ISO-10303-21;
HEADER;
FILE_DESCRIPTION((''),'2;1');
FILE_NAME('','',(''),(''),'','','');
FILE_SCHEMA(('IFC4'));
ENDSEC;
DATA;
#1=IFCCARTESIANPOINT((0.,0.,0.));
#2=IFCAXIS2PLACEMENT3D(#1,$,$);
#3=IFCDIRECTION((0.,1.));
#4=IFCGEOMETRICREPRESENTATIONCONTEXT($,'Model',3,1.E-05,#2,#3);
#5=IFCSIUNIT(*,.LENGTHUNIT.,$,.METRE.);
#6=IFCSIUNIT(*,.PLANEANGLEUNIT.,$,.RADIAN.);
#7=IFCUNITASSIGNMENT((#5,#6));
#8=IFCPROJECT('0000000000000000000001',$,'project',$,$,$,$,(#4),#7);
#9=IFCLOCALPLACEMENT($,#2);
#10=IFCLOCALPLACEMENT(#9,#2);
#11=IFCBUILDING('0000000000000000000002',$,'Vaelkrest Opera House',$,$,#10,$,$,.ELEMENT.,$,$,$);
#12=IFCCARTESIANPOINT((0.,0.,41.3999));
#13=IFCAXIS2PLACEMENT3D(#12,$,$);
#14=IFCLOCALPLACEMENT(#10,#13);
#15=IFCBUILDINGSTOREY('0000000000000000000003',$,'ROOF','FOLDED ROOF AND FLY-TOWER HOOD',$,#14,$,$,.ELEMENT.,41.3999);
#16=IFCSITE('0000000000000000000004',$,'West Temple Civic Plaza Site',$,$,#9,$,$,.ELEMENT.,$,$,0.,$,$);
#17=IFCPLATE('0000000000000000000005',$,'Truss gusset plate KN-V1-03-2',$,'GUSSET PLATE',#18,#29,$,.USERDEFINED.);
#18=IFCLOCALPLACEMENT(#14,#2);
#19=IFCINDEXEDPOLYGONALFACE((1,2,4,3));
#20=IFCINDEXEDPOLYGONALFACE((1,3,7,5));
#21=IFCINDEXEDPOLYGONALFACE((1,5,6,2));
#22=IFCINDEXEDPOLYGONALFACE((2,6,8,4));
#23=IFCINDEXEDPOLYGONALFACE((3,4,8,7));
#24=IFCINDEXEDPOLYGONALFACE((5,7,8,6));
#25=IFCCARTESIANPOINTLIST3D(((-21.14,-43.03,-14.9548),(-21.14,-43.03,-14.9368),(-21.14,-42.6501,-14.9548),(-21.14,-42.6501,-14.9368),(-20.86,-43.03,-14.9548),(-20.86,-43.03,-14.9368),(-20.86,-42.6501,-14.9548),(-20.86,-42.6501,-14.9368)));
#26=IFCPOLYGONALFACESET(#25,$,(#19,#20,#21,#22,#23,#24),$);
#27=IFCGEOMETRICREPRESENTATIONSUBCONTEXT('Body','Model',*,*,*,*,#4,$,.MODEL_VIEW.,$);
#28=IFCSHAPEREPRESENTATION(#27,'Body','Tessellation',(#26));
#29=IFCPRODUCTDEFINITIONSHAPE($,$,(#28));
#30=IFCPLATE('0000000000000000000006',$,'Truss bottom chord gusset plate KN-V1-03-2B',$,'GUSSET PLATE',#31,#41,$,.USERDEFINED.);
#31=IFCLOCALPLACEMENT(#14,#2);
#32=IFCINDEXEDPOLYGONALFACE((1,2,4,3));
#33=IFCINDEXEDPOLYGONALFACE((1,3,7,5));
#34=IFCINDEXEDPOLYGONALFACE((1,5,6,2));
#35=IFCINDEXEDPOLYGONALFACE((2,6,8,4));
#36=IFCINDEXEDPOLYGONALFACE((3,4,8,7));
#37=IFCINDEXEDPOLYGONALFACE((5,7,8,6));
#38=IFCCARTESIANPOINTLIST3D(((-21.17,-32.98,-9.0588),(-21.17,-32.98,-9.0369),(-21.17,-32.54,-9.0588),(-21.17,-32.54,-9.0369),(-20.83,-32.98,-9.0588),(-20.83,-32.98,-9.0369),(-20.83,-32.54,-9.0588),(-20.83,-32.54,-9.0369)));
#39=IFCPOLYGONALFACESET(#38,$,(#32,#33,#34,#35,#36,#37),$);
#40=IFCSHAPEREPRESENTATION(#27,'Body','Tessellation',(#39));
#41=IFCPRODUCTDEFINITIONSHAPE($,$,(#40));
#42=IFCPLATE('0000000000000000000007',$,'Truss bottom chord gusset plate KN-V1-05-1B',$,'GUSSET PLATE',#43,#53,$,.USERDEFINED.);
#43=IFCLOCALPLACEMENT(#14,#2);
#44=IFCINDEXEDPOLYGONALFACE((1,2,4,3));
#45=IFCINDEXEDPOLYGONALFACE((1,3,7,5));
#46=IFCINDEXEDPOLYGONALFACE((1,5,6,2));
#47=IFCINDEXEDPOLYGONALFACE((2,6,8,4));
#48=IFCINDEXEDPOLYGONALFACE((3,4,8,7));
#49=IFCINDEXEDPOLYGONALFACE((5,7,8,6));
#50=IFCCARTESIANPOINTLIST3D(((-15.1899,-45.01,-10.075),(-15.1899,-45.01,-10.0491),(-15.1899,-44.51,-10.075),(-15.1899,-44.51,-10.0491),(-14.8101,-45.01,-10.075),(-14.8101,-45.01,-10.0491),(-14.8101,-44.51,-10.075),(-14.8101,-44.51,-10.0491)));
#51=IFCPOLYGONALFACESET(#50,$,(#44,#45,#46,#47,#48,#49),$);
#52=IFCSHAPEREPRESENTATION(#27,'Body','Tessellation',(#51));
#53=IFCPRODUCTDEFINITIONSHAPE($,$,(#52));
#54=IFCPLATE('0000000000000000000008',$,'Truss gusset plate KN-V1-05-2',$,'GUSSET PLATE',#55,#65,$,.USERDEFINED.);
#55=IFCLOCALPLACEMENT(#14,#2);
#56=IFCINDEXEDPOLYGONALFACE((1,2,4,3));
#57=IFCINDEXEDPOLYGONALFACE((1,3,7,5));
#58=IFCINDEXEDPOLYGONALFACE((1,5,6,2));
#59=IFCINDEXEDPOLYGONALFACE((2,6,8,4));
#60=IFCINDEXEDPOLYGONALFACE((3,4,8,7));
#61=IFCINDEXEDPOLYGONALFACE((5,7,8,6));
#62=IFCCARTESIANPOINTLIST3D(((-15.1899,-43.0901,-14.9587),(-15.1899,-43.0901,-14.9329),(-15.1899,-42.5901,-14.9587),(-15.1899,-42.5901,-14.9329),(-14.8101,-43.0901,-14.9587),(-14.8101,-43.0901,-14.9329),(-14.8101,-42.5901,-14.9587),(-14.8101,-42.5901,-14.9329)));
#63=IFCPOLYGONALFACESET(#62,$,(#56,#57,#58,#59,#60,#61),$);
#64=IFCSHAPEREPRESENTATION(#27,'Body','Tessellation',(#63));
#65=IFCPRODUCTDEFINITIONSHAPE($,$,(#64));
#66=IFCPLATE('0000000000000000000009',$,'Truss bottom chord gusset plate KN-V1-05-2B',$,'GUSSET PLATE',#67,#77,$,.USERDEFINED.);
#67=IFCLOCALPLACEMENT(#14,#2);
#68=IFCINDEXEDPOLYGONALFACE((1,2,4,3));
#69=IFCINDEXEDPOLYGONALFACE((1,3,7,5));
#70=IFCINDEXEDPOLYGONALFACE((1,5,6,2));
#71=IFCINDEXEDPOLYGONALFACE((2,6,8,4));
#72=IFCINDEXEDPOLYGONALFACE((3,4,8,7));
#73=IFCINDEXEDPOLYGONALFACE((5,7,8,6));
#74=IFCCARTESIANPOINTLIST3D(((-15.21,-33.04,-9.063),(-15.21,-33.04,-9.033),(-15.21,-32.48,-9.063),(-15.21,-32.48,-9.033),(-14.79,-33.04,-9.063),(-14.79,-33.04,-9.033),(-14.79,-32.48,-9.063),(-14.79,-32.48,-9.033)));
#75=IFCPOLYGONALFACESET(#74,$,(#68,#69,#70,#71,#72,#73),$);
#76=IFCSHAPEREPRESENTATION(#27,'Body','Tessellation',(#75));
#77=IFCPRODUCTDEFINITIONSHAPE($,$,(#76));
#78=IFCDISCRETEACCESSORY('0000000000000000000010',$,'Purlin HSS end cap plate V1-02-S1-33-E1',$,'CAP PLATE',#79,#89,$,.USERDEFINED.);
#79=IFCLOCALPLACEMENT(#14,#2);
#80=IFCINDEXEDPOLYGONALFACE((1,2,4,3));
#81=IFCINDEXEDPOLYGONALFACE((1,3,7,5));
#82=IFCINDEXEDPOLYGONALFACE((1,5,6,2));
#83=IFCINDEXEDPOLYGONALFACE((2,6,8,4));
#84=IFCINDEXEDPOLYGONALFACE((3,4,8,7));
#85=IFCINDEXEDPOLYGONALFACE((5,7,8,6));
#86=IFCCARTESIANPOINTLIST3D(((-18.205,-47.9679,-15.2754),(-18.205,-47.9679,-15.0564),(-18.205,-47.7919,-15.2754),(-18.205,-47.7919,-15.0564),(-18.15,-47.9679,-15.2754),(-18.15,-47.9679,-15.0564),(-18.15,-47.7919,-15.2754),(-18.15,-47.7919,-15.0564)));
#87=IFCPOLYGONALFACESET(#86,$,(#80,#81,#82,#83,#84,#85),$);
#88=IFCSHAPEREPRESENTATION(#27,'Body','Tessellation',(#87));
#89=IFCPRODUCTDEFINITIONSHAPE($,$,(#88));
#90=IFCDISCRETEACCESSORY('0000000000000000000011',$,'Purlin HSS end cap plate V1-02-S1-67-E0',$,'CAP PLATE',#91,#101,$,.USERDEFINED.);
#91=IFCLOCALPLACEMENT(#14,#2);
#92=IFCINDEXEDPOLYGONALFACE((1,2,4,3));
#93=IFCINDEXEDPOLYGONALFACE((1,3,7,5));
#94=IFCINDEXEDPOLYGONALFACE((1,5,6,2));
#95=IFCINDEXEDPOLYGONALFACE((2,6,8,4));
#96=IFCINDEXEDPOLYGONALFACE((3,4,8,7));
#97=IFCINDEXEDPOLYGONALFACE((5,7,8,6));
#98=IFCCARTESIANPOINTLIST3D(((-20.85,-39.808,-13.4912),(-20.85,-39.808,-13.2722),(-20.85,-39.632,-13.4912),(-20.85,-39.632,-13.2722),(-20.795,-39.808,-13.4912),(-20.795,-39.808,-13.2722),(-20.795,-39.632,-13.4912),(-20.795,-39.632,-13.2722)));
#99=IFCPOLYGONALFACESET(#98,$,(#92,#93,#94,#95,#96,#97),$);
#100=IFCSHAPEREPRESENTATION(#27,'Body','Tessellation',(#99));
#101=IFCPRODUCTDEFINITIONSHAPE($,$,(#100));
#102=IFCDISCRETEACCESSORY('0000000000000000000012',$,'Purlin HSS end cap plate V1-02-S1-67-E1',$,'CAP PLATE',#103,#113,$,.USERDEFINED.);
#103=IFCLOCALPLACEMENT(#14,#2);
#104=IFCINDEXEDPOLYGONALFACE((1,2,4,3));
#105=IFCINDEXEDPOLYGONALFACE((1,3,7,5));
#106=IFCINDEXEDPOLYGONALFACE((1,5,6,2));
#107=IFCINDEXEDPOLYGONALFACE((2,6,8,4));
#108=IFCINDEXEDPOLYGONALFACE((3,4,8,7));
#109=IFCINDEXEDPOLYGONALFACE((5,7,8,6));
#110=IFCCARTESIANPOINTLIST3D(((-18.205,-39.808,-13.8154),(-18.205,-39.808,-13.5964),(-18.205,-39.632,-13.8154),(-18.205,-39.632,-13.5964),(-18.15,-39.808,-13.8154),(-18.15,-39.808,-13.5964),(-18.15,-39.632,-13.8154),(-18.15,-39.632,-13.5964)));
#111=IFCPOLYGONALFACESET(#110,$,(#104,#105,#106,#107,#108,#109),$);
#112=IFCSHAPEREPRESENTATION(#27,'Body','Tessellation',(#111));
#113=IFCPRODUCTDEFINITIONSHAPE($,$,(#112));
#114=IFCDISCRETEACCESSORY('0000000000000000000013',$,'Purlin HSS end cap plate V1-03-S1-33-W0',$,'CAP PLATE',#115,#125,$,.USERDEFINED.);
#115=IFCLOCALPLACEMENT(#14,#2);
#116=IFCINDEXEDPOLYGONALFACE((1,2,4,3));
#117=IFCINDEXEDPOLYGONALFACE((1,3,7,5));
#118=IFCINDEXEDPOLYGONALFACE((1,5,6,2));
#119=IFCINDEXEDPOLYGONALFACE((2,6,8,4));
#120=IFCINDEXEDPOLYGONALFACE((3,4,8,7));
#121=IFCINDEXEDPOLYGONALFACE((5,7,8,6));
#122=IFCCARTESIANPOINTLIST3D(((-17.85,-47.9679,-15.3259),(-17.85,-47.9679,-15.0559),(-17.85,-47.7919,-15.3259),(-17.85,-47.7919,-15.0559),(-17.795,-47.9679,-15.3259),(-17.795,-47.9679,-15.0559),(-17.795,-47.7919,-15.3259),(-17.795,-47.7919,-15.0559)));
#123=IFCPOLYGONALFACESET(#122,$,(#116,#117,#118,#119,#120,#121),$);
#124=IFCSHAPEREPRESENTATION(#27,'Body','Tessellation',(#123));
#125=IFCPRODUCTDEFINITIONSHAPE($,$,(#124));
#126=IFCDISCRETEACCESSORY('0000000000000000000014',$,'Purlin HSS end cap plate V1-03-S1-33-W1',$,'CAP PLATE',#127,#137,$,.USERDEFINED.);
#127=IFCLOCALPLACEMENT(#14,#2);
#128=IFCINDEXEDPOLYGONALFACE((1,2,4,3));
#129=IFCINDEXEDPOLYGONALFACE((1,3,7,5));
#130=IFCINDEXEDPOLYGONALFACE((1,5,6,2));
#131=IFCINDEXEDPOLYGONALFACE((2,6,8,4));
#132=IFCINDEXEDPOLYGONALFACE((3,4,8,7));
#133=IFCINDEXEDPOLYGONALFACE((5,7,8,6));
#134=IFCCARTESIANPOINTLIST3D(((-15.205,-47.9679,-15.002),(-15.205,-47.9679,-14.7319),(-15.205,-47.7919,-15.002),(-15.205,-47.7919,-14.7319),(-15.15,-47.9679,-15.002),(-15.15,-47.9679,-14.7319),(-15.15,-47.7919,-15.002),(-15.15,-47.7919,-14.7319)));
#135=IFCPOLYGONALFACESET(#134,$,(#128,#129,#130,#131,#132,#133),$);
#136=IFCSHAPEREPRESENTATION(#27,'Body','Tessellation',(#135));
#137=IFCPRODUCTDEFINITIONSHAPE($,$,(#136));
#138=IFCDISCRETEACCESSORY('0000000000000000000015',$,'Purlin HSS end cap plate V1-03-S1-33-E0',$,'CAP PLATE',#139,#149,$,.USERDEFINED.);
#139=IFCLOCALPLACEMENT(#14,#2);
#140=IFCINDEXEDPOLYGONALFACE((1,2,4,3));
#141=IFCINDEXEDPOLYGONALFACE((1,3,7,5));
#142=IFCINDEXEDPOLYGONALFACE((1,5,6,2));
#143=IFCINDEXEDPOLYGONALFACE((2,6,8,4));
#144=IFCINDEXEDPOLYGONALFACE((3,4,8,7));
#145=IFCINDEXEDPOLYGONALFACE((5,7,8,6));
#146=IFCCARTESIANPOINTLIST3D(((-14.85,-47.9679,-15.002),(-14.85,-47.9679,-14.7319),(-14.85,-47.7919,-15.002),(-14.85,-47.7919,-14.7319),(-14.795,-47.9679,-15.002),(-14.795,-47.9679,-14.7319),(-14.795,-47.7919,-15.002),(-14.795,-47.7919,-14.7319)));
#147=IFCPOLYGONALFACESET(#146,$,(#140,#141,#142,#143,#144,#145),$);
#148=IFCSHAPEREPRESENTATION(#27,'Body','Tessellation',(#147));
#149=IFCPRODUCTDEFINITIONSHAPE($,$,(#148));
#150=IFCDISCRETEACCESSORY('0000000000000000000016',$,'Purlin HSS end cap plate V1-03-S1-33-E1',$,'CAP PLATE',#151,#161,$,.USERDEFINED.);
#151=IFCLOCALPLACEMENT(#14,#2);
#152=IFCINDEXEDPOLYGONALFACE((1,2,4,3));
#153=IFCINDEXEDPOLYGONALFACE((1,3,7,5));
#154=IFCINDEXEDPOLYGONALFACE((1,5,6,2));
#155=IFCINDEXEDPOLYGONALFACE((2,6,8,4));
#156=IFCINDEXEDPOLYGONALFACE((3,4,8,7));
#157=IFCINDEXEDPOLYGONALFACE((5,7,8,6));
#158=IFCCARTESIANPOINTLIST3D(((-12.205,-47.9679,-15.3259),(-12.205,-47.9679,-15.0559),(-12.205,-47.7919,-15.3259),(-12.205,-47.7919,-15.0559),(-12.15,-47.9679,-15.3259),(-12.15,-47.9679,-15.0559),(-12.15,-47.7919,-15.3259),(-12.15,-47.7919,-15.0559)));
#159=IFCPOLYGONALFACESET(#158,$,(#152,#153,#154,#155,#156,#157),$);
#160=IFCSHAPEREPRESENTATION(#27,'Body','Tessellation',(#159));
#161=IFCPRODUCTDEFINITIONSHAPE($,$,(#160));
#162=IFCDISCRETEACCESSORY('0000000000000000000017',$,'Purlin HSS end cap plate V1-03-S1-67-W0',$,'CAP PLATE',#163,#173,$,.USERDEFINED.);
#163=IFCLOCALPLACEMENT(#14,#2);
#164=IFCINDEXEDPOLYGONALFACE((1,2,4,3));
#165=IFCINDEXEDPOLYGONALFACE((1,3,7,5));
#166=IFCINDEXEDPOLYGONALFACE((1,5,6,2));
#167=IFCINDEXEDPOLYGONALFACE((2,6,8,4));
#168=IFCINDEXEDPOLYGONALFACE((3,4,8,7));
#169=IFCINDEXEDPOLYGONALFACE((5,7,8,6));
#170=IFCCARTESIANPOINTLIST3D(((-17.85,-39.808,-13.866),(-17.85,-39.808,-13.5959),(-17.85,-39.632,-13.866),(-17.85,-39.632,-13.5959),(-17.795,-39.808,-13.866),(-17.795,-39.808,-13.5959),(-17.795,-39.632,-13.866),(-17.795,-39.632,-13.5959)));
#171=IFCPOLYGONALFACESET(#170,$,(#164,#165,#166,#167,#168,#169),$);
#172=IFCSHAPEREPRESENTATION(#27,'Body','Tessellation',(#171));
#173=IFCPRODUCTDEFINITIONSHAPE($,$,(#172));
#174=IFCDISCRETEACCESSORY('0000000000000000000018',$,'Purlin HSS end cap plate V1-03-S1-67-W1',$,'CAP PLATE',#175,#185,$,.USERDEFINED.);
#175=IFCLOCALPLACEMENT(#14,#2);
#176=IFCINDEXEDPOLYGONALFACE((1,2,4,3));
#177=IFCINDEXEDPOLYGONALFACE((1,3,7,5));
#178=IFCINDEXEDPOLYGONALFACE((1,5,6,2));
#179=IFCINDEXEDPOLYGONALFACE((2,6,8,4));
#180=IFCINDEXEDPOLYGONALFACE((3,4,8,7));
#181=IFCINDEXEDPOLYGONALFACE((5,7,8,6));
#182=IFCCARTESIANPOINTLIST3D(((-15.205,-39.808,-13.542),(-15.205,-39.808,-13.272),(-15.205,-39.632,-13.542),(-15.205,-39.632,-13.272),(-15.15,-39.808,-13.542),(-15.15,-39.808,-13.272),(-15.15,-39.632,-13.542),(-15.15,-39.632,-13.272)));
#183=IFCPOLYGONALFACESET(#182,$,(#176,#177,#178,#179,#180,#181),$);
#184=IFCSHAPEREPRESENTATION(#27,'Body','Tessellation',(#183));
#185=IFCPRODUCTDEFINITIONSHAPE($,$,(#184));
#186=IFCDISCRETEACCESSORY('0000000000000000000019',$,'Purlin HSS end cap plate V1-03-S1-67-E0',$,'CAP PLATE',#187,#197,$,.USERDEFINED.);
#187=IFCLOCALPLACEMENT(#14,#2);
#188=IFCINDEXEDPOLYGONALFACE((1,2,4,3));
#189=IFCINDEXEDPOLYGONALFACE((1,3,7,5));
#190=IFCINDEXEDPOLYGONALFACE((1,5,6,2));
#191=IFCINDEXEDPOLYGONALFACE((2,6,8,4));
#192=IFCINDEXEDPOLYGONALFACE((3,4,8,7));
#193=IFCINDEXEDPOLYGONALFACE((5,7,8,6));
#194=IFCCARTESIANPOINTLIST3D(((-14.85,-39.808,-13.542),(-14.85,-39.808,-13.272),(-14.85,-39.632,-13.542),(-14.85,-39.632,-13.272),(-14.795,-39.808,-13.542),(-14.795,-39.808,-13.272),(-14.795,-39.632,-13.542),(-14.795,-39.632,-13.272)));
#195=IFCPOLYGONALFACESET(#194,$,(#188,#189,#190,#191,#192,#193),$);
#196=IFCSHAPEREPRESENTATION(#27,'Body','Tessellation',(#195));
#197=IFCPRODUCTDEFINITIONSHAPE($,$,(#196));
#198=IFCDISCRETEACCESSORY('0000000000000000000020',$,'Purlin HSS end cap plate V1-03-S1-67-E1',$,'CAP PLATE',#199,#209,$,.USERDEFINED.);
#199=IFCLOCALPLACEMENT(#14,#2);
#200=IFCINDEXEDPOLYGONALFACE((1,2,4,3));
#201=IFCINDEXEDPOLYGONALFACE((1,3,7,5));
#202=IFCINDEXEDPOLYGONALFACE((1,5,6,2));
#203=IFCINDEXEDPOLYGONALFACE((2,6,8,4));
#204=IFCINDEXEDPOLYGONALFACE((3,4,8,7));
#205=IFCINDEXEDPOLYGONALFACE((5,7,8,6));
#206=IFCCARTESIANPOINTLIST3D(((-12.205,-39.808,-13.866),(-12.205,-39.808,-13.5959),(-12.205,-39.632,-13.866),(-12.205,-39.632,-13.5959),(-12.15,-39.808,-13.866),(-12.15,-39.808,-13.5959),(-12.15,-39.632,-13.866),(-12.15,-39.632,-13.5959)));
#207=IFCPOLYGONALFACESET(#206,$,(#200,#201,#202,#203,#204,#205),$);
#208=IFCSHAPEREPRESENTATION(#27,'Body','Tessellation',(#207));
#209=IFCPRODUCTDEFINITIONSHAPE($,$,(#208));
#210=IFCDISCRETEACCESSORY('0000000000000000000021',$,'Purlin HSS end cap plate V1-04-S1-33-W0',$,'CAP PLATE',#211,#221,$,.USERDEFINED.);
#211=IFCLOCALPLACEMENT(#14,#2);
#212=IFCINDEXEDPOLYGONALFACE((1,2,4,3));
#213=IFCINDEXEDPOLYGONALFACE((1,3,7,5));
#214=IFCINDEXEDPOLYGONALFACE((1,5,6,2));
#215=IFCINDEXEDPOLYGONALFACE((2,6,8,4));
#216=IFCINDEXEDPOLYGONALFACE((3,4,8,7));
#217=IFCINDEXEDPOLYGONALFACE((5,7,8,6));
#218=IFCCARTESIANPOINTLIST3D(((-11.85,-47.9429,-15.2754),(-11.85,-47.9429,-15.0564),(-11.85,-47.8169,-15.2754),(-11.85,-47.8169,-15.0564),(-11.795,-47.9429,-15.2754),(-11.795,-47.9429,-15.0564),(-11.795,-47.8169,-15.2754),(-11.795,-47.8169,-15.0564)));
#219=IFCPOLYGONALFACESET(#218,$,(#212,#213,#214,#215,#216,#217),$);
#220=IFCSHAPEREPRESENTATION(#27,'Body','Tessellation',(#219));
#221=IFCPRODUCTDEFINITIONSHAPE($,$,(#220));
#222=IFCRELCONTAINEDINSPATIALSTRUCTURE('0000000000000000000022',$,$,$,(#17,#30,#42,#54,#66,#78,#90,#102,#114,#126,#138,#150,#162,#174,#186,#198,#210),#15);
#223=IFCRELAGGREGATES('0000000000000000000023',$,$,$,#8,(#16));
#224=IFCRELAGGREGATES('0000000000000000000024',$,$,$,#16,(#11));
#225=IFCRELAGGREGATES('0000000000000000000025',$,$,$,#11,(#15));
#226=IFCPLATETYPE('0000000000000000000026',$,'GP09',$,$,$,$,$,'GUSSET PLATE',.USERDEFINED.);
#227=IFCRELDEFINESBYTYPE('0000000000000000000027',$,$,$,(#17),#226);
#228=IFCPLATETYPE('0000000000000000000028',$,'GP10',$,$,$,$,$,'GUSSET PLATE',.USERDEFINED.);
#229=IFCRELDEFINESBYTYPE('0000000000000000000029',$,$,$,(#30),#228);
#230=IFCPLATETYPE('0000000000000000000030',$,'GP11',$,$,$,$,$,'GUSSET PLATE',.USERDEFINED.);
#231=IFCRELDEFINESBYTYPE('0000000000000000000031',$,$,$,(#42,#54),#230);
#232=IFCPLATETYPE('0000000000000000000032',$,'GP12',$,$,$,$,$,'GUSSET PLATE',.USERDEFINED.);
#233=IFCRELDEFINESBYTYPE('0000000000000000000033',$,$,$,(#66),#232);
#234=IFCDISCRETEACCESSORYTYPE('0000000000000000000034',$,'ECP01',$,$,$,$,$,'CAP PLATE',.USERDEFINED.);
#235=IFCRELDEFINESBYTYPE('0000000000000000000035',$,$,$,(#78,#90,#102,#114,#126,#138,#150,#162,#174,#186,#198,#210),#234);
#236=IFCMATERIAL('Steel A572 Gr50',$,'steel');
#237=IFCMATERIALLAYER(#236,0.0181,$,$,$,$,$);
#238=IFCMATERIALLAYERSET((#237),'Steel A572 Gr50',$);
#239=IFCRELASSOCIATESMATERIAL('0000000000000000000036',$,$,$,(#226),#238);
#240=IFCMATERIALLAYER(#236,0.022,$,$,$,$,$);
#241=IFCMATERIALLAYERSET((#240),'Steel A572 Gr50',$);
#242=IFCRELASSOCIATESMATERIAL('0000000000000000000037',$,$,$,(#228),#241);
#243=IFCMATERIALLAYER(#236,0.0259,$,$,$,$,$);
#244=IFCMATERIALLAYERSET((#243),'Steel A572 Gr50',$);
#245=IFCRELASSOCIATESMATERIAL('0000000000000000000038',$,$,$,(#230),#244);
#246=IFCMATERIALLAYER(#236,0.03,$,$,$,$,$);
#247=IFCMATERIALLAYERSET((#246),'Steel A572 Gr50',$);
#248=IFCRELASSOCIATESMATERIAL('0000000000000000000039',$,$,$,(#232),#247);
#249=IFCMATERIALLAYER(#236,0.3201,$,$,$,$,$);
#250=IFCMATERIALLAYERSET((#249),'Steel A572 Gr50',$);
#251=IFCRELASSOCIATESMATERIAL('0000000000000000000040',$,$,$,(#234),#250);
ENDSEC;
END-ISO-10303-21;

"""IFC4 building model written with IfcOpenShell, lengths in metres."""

from ifc_helpers import new_model, si_unit, direction, frame, origin, origin_2d, place, context, subcontext, project, spatial, rectangle, extrude, material, layer, layer_set, type_object, element, save


model = new_model("IFC4")

# Units and contexts
model_context = context("Model", 3, precision=1e-05, world=origin(), true_north=direction((0.0, 1.0)))
body_context = subcontext(model_context, "Body", "Model", "MODEL_VIEW")
ifc_project = project(units=[si_unit("LENGTHUNIT", "METRE"), si_unit("PLANEANGLEUNIT", "RADIAN")], contexts=[model_context])

# Site, building, storey
site_placement = place(None, origin())
site = spatial("IfcSite", under=ifc_project, at=site_placement, Name="West Temple Civic Plaza Site", CompositionType="ELEMENT", RefElevation=0.0)
building_placement = place(site_placement, origin())
building = spatial("IfcBuilding", under=site, at=building_placement, Name="Vaelkrest Opera House", CompositionType="ELEMENT")
storey_placement = place(building_placement, frame((0.0, 0.0, 41.3999)))
storey = spatial("IfcBuildingStorey", under=building, at=storey_placement, Name="ROOF", Description="FOLDED ROOF AND FLY-TOWER HOOD", CompositionType="ELEMENT", Elevation=41.3999)

# Plates
ifc_material_1 = material(Name="Steel A572 Gr50", Category="steel")
ifc_layer_1 = layer(ifc_material_1, 0.0181)
ifc_layer_set_1 = layer_set([ifc_layer_1], Name="Steel A572 Gr50")
plate_type_1 = type_object("IfcPlateType", Name="GP09", ElementType="GUSSET PLATE", PredefinedType="USERDEFINED", material=ifc_layer_set_1)
for number, where, z_axis, x_axis, name in (
    (1, (-21.0, -42.8401, -14.9548), (0.0, 0.0, 1.0), (0.0, 1.0, 0.0), "Truss gusset plate KN-V1-03-2"),
):
    element("IfcPlate", number, at=place(storey_placement, frame(where, z_axis=z_axis, x_axis=x_axis)), inside=storey, type_object=plate_type_1, Name=name, ObjectType="GUSSET PLATE", PredefinedType="USERDEFINED", context=body_context, shape_type="SweptSolid", body=[
        extrude(rectangle(XDim=0.3799, YDim=0.28, at=origin_2d()), origin(), (0.0, 0.0, 1.0), 0.0181),
    ])
ifc_layer_2 = layer(ifc_material_1, 0.022)
ifc_layer_set_2 = layer_set([ifc_layer_2], Name="Steel A572 Gr50")
plate_type_2 = type_object("IfcPlateType", Name="GP10", ElementType="GUSSET PLATE", PredefinedType="USERDEFINED", material=ifc_layer_set_2)
plate_1_placement = place(storey_placement, frame((-21.0, -32.76, -9.0588), z_axis=(0.0, 0.0, 1.0), x_axis=(0.0, 1.0, 0.0)))
element("IfcPlate", 2, at=plate_1_placement, inside=storey, type_object=plate_type_2, Name="Truss bottom chord gusset plate KN-V1-03-2B", ObjectType="GUSSET PLATE", PredefinedType="USERDEFINED", context=body_context, shape_type="SweptSolid", body=[
    extrude(rectangle(XDim=0.4399, YDim=0.3401, at=origin_2d()), origin(), (0.0, 0.0, 1.0), 0.022),
])
ifc_layer_3 = layer(ifc_material_1, 0.0259)
ifc_layer_set_3 = layer_set([ifc_layer_3], Name="Steel A572 Gr50")
plate_type_3 = type_object("IfcPlateType", Name="GP11", ElementType="GUSSET PLATE", PredefinedType="USERDEFINED", material=ifc_layer_set_3)
for number, where, z_axis, x_axis, name in (
    (3, (-15.0, -44.76, -10.075), (0.0, 0.0, 1.0), (0.0, 1.0, 0.0), "Truss bottom chord gusset plate KN-V1-05-1B"),
    (4, (-15.0, -42.8401, -14.9587), (0.0, 0.0, 1.0), (0.0, 1.0, 0.0), "Truss gusset plate KN-V1-05-2"),
):
    element("IfcPlate", number, at=place(storey_placement, frame(where, z_axis=z_axis, x_axis=x_axis)), inside=storey, type_object=plate_type_3, Name=name, ObjectType="GUSSET PLATE", PredefinedType="USERDEFINED", context=body_context, shape_type="SweptSolid", body=[
        extrude(rectangle(XDim=0.5, YDim=0.3799, at=origin_2d()), origin(), (0.0, 0.0, 1.0), 0.0259),
    ])
ifc_layer_4 = layer(ifc_material_1, 0.03)
ifc_layer_set_4 = layer_set([ifc_layer_4], Name="Steel A572 Gr50")
plate_type_4 = type_object("IfcPlateType", Name="GP12", ElementType="GUSSET PLATE", PredefinedType="USERDEFINED", material=ifc_layer_set_4)
plate_2_placement = place(storey_placement, frame((-15.0, -32.76, -9.063), z_axis=(0.0, 0.0, 1.0), x_axis=(0.0, 1.0, 0.0)))
element("IfcPlate", 5, at=plate_2_placement, inside=storey, type_object=plate_type_4, Name="Truss bottom chord gusset plate KN-V1-05-2B", ObjectType="GUSSET PLATE", PredefinedType="USERDEFINED", context=body_context, shape_type="SweptSolid", body=[
    extrude(rectangle(XDim=0.5601, YDim=0.4199, at=origin_2d()), origin(), (0.0, 0.0, 1.0), 0.03),
])

# Discrete accessories
ifc_layer_5 = layer(ifc_material_1, 0.3201)
ifc_layer_set_5 = layer_set([ifc_layer_5], Name="Steel A572 Gr50")
discrete_accessory_type = type_object("IfcDiscreteAccessoryType", Name="ECP01", ElementType="CAP PLATE", PredefinedType="USERDEFINED", material=ifc_layer_set_5)
for number, where, z_axis, x_axis, name in (
    (6, (-18.1775, -47.8799, -15.2754), (0.0, 0.0, 1.0), (1.0, 0.0, 0.0), "Purlin HSS end cap plate V1-02-S1-33-E1"),
    (7, (-20.8225, -39.72, -13.4912), (0.0, 0.0, 1.0), (1.0, 0.0, 0.0), "Purlin HSS end cap plate V1-02-S1-67-E0"),
    (8, (-18.1775, -39.72, -13.8154), (0.0, 0.0, 1.0), (1.0, 0.0, 0.0), "Purlin HSS end cap plate V1-02-S1-67-E1"),
):
    element("IfcDiscreteAccessory", number, at=place(storey_placement, frame(where, z_axis=z_axis, x_axis=x_axis)), inside=storey, type_object=discrete_accessory_type, Name=name, ObjectType="CAP PLATE", PredefinedType="USERDEFINED", context=body_context, shape_type="SweptSolid", body=[
        extrude(rectangle(XDim=0.0549, YDim=0.176, at=origin_2d()), origin(), (0.0, 0.0, 1.0), 0.219),
    ])
for number, where, z_axis, x_axis, name in (
    (9, (-17.8225, -47.8799, -15.3259), (0.0, 0.0, 1.0), (1.0, 0.0, 0.0), "Purlin HSS end cap plate V1-03-S1-33-W0"),
    (10, (-15.1775, -47.8799, -15.002), (0.0, 0.0, 1.0), (1.0, 0.0, 0.0), "Purlin HSS end cap plate V1-03-S1-33-W1"),
    (11, (-14.8225, -47.8799, -15.002), (0.0, 0.0, 1.0), (1.0, 0.0, 0.0), "Purlin HSS end cap plate V1-03-S1-33-E0"),
    (12, (-12.1775, -47.8799, -15.3259), (0.0, 0.0, 1.0), (1.0, 0.0, 0.0), "Purlin HSS end cap plate V1-03-S1-33-E1"),
    (13, (-17.8225, -39.72, -13.866), (0.0, 0.0, 1.0), (1.0, 0.0, 0.0), "Purlin HSS end cap plate V1-03-S1-67-W0"),
    (14, (-15.1775, -39.72, -13.542), (0.0, 0.0, 1.0), (1.0, 0.0, 0.0), "Purlin HSS end cap plate V1-03-S1-67-W1"),
    (15, (-14.8225, -39.72, -13.542), (0.0, 0.0, 1.0), (1.0, 0.0, 0.0), "Purlin HSS end cap plate V1-03-S1-67-E0"),
    (16, (-12.1775, -39.72, -13.866), (0.0, 0.0, 1.0), (1.0, 0.0, 0.0), "Purlin HSS end cap plate V1-03-S1-67-E1"),
):
    element("IfcDiscreteAccessory", number, at=place(storey_placement, frame(where, z_axis=z_axis, x_axis=x_axis)), inside=storey, type_object=discrete_accessory_type, Name=name, ObjectType="CAP PLATE", PredefinedType="USERDEFINED", context=body_context, shape_type="SweptSolid", body=[
        extrude(rectangle(XDim=0.0549, YDim=0.176, at=origin_2d()), origin(), (0.0, 0.0, 1.0), 0.27),
    ])
for number, where, z_axis, x_axis, name in (
    (17, (-11.8225, -47.8799, -15.2754), (0.0, 0.0, 1.0), (1.0, 0.0, 0.0), "Purlin HSS end cap plate V1-04-S1-33-W0"),
):
    element("IfcDiscreteAccessory", number, at=place(storey_placement, frame(where, z_axis=z_axis, x_axis=x_axis)), inside=storey, type_object=discrete_accessory_type, Name=name, ObjectType="CAP PLATE", PredefinedType="USERDEFINED", context=body_context, shape_type="SweptSolid", body=[
        extrude(rectangle(XDim=0.0549, YDim=0.126, at=origin_2d()), origin(), (0.0, 0.0, 1.0), 0.219),
    ])

save(model, "model.ifc")
